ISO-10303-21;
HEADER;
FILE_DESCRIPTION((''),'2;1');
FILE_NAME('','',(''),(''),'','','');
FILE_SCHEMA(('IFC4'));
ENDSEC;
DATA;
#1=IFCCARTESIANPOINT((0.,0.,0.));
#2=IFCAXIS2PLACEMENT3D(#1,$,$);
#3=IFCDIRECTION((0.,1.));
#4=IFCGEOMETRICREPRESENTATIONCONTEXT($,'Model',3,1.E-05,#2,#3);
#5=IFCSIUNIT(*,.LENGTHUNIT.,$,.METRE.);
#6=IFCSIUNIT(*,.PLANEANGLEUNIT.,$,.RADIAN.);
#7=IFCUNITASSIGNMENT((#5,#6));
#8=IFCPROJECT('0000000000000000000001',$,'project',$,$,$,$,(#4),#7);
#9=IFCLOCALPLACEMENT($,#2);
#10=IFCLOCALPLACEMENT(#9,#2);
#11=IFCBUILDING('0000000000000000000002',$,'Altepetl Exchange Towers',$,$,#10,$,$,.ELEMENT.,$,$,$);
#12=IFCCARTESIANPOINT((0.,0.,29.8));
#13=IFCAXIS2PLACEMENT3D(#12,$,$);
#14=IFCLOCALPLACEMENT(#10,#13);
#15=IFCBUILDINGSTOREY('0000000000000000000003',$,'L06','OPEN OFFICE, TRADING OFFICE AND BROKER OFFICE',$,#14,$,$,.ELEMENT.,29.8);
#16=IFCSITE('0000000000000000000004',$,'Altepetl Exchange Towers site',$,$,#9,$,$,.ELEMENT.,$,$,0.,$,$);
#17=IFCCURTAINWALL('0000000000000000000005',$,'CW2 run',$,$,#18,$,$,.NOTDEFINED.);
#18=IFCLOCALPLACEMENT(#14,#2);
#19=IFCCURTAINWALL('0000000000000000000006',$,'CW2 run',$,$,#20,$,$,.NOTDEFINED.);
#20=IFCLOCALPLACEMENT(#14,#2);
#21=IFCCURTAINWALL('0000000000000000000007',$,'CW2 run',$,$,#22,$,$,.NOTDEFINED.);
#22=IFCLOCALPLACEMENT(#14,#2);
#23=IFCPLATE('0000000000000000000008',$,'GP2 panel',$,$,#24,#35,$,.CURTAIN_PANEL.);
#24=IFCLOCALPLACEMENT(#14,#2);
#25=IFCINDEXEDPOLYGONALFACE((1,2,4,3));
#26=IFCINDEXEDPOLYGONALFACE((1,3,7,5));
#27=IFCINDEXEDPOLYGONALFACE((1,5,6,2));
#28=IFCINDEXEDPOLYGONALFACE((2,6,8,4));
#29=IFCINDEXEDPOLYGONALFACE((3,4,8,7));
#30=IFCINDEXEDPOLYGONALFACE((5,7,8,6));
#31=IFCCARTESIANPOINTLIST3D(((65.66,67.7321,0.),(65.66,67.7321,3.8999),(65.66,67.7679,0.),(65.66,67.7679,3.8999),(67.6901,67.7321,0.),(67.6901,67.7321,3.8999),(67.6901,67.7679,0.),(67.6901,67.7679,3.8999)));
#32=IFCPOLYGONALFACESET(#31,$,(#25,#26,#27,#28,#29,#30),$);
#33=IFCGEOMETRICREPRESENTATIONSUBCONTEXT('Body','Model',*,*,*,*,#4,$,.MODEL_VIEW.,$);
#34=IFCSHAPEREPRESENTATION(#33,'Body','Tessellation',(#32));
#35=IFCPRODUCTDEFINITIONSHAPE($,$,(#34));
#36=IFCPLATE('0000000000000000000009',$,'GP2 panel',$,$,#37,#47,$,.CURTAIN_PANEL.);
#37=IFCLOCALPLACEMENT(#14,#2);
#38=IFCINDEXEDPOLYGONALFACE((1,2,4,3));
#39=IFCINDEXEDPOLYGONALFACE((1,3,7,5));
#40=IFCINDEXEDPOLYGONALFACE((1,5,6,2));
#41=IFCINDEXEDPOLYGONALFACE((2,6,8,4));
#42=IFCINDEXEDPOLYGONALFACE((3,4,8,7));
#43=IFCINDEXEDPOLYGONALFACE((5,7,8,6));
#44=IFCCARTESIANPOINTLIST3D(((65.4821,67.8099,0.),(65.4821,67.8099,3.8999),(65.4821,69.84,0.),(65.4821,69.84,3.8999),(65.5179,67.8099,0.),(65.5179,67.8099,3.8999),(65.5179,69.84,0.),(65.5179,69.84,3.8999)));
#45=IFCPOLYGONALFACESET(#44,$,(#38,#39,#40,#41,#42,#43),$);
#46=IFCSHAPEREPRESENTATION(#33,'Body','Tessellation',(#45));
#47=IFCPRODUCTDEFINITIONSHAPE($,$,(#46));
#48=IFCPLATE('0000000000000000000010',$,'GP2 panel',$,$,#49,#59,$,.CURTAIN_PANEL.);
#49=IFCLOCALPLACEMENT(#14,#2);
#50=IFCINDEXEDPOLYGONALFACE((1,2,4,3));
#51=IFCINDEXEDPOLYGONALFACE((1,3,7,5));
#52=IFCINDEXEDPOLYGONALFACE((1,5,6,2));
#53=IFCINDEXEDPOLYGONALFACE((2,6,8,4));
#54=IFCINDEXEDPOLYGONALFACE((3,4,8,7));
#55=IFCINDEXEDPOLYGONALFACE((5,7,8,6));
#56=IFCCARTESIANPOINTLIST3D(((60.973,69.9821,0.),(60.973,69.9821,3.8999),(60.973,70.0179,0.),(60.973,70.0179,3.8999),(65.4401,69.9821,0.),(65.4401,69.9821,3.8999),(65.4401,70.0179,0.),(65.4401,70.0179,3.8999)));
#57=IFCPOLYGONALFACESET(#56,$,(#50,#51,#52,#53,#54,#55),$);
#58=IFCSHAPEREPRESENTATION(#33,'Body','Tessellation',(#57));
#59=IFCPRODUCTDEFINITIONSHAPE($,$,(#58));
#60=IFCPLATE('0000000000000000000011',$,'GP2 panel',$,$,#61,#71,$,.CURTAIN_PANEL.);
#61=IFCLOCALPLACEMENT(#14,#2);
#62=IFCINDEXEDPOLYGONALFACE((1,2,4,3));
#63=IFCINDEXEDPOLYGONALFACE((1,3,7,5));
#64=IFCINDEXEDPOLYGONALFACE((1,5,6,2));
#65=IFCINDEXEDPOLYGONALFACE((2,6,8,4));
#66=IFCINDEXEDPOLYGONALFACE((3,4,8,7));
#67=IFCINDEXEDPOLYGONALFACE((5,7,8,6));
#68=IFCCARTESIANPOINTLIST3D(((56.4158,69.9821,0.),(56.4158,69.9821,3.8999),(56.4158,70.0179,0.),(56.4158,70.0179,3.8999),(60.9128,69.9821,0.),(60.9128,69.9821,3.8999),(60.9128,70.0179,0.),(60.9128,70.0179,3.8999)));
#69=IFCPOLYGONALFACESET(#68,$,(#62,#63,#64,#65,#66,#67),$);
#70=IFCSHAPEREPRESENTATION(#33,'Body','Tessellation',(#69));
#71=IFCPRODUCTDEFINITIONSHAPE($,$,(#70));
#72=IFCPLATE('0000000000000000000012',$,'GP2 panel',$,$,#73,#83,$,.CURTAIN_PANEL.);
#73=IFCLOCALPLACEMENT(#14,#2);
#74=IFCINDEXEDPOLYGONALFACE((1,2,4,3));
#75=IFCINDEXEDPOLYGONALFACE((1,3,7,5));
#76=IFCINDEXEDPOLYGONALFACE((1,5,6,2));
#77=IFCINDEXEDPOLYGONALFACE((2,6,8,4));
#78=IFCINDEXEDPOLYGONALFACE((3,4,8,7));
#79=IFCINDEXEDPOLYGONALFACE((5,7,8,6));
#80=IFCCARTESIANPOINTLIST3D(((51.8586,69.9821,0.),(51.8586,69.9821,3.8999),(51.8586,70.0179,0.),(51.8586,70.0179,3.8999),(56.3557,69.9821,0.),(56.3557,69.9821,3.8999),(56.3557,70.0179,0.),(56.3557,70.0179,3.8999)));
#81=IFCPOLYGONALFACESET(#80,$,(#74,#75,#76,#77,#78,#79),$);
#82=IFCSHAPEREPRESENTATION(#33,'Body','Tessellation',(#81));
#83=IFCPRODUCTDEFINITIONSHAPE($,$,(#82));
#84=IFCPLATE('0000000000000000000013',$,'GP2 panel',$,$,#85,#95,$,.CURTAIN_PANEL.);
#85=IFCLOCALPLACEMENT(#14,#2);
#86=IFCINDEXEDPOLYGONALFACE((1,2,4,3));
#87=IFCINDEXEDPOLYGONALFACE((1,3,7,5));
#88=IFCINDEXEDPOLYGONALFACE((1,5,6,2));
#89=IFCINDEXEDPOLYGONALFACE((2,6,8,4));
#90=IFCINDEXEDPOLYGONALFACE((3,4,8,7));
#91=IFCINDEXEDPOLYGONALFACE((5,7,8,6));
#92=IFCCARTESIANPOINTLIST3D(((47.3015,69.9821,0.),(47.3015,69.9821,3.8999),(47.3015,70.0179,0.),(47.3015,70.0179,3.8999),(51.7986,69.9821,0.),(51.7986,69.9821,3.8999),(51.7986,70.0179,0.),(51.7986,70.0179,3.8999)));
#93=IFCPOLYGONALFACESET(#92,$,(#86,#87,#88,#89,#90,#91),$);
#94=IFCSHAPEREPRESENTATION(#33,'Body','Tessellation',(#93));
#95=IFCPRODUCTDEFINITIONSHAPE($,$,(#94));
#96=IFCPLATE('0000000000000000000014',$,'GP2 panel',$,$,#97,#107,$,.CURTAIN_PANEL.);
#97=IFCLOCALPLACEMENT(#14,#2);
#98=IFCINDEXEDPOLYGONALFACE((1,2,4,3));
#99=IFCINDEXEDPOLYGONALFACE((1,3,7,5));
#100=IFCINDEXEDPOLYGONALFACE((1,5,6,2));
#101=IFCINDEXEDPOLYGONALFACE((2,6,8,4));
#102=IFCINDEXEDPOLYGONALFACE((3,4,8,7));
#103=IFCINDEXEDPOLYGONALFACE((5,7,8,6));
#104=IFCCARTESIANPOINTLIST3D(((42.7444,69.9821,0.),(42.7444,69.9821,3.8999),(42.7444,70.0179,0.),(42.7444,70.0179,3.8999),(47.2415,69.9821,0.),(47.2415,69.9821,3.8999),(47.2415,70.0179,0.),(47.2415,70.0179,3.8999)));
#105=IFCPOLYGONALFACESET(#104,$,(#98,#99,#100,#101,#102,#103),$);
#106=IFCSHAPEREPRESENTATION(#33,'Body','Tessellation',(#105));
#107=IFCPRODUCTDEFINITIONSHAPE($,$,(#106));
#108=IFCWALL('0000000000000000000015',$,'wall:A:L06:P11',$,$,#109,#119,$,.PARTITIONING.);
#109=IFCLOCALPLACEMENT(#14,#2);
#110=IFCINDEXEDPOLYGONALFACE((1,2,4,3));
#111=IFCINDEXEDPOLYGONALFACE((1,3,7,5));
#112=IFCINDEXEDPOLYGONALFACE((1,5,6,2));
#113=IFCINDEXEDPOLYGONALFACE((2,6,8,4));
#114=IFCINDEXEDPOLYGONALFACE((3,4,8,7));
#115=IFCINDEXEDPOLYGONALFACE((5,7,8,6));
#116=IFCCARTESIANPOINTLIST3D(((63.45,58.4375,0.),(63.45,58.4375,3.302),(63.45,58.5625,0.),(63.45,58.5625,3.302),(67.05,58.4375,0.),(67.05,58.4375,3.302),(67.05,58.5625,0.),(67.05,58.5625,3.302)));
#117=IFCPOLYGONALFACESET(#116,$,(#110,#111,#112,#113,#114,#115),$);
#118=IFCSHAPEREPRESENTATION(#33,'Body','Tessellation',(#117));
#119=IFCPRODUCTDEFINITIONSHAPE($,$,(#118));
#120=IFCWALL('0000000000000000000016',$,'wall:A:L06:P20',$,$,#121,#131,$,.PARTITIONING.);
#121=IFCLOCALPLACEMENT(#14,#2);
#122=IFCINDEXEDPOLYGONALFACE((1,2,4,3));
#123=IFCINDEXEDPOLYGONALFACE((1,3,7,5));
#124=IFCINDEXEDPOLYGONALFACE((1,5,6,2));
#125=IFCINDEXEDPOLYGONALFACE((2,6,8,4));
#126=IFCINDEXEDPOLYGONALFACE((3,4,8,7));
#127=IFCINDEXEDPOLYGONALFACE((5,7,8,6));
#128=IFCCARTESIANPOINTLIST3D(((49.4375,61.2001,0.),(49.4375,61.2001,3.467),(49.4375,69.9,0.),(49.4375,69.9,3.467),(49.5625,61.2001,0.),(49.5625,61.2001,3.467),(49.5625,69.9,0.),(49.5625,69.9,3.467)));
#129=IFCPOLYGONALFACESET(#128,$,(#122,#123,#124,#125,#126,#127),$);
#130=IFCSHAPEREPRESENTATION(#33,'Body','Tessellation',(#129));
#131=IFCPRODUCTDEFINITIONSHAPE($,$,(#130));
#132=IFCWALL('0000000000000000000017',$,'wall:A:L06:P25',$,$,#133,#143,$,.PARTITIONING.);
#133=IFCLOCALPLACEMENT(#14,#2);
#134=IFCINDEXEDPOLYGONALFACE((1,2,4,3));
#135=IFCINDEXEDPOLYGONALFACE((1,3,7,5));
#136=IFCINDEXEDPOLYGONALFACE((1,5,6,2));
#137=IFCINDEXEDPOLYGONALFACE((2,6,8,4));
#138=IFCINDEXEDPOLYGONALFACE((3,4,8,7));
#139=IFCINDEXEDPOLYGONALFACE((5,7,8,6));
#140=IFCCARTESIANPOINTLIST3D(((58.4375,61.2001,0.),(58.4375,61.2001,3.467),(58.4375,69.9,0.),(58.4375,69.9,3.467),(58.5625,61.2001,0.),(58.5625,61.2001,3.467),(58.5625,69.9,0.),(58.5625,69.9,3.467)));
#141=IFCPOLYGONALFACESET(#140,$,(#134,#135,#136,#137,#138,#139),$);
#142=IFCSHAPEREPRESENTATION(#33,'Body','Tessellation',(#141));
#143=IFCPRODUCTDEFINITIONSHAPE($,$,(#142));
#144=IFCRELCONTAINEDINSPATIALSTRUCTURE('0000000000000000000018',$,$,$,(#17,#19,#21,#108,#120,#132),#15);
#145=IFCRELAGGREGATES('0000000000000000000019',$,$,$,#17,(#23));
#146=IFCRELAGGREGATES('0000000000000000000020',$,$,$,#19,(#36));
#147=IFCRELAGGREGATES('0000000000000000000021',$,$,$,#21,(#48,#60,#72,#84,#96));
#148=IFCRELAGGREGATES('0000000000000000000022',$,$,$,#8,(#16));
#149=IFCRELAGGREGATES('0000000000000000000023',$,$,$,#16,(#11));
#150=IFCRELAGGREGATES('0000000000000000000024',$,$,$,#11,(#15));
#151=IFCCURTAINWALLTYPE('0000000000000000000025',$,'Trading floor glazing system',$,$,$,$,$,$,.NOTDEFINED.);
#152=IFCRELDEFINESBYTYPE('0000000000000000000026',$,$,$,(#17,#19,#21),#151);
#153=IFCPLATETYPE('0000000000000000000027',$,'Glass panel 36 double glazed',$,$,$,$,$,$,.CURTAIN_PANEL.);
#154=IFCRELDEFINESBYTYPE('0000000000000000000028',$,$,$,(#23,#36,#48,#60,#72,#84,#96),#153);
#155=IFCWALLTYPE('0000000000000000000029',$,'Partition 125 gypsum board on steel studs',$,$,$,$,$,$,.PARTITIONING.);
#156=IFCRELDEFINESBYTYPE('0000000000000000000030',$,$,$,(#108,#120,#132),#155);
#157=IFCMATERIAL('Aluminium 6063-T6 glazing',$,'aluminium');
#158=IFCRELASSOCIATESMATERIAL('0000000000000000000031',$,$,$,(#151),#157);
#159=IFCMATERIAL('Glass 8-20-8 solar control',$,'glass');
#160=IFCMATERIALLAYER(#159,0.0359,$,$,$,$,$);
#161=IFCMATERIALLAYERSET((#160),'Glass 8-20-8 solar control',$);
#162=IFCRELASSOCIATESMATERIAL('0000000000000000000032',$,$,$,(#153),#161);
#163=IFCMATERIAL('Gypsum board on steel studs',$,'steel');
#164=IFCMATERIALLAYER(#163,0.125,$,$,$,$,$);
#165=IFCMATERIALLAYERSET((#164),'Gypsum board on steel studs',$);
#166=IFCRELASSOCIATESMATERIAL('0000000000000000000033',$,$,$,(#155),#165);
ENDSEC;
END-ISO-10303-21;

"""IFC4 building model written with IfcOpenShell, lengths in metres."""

from ifc_helpers import new_model, si_unit, direction, frame, frame_2d, origin, origin_2d, place, context, subcontext, project, spatial, rectangle, extrude, material, layer, layer_set, type_object, element, aggregate, save


model = new_model("IFC4")

# Units and contexts
model_context = context("Model", 3, precision=1e-05, world=origin(), true_north=direction((0.0, 1.0)))
body_context = subcontext(model_context, "Body", "Model", "MODEL_VIEW")
ifc_project = project(units=[si_unit("LENGTHUNIT", "METRE"), si_unit("PLANEANGLEUNIT", "RADIAN")], contexts=[model_context])

# Site, building, storey
site_placement = place(None, origin())
site = spatial("IfcSite", under=ifc_project, at=site_placement, Name="Altepetl Exchange Towers site", CompositionType="ELEMENT", RefElevation=0.0)
building_placement = place(site_placement, origin())
building = spatial("IfcBuilding", under=site, at=building_placement, Name="Altepetl Exchange Towers", CompositionType="ELEMENT")
storey_placement = place(building_placement, frame((0.0, 0.0, 29.8)))
storey = spatial("IfcBuildingStorey", under=building, at=storey_placement, Name="L06", Description="OPEN OFFICE, TRADING OFFICE AND BROKER OFFICE", CompositionType="ELEMENT", Elevation=29.8)

# Curtain wall
ifc_material_1 = material(Name="Aluminium 6063-T6 glazing", Category="aluminium")
curtain_wall_type = type_object("IfcCurtainWallType", Name="Trading floor glazing system", PredefinedType="NOTDEFINED", material=ifc_material_1)
curtain_wall_1_placement = place(storey_placement, origin())
curtain_wall_1 = element("IfcCurtainWall", 1, at=curtain_wall_1_placement, inside=storey, type_object=curtain_wall_type, Name="CW2 run", PredefinedType="NOTDEFINED")

# Curtain walls
curtain_wall_2_placement = place(storey_placement, origin())
curtain_wall_2 = element("IfcCurtainWall", 2, at=curtain_wall_2_placement, inside=storey, type_object=curtain_wall_type, Name="CW2 run", PredefinedType="NOTDEFINED")
curtain_wall_3_placement = place(storey_placement, origin())
curtain_wall_3 = element("IfcCurtainWall", 3, at=curtain_wall_3_placement, inside=storey, type_object=curtain_wall_type, Name="CW2 run", PredefinedType="NOTDEFINED")

# Plates
ifc_material_2 = material(Name="Glass 8-20-8 solar control", Category="glass")
ifc_layer_1 = layer(ifc_material_2, 0.0359)
ifc_layer_set_1 = layer_set([ifc_layer_1], Name="Glass 8-20-8 solar control")
plate_type = type_object("IfcPlateType", Name="Glass panel 36 double glazed", PredefinedType="CURTAIN_PANEL", material=ifc_layer_set_1)
plate_1_placement = place(storey_placement, frame((66.675, 67.75, 0.0), z_axis=(0.0, 0.0, 1.0), x_axis=(-1.0, 0.0, 0.0)))
plate_1 = element("IfcPlate", 4, at=plate_1_placement, type_object=plate_type, Name="GP2 panel", PredefinedType="CURTAIN_PANEL", context=body_context, shape_type="SweptSolid", body=[
    extrude(rectangle(XDim=2.03, YDim=0.0359, at=origin_2d()), origin(), (0.0, 0.0, 1.0), 3.8999),
])
aggregate(curtain_wall_1, [plate_1])
plate_2_placement = place(storey_placement, frame((65.5, 68.825, 0.0), z_axis=(0.0, 0.0, 1.0), x_axis=(0.0, 1.0, 0.0)))
plate_2 = element("IfcPlate", 5, at=plate_2_placement, type_object=plate_type, Name="GP2 panel", PredefinedType="CURTAIN_PANEL", context=body_context, shape_type="SweptSolid", body=[
    extrude(rectangle(XDim=2.03, YDim=0.0359, at=origin_2d()), origin(), (0.0, 0.0, 1.0), 3.8999),
])
aggregate(curtain_wall_2, [plate_2])
plate_3_placement = place(storey_placement, frame((63.2065, 70.0, 0.0), z_axis=(0.0, 0.0, 1.0), x_axis=(-1.0, 0.0, 0.0)))
plate_3 = element("IfcPlate", 6, at=plate_3_placement, type_object=plate_type, Name="GP2 panel", PredefinedType="CURTAIN_PANEL", context=body_context, shape_type="SweptSolid", body=[
    extrude(rectangle(XDim=4.467, YDim=0.0359, at=origin_2d()), origin(), (0.0, 0.0, 1.0), 3.8999),
])
plate_4_placement = place(storey_placement, frame((58.6643, 70.0, 0.0), z_axis=(0.0, 0.0, 1.0), x_axis=(-1.0, 0.0, 0.0)))
plate_4 = element("IfcPlate", 7, at=plate_4_placement, type_object=plate_type, Name="GP2 panel", PredefinedType="CURTAIN_PANEL", context=body_context, shape_type="SweptSolid", body=[
    extrude(rectangle(XDim=4.4971, YDim=0.0359, at=origin_2d()), origin(), (0.0, 0.0, 1.0), 3.8999),
])
plate_5_placement = place(storey_placement, frame((54.1072, 70.0, 0.0), z_axis=(0.0, 0.0, 1.0), x_axis=(-1.0, 0.0, 0.0)))
plate_5 = element("IfcPlate", 8, at=plate_5_placement, type_object=plate_type, Name="GP2 panel", PredefinedType="CURTAIN_PANEL", context=body_context, shape_type="SweptSolid", body=[
    extrude(rectangle(XDim=4.4971, YDim=0.0359, at=origin_2d()), origin(), (0.0, 0.0, 1.0), 3.8999),
])
plate_6_placement = place(storey_placement, frame((49.55, 70.0, 0.0), z_axis=(0.0, 0.0, 1.0), x_axis=(-1.0, 0.0, 0.0)))
plate_6 = element("IfcPlate", 9, at=plate_6_placement, type_object=plate_type, Name="GP2 panel", PredefinedType="CURTAIN_PANEL", context=body_context, shape_type="SweptSolid", body=[
    extrude(rectangle(XDim=4.4971, YDim=0.0359, at=origin_2d()), origin(), (0.0, 0.0, 1.0), 3.8999),
])
plate_7_placement = place(storey_placement, frame((44.9929, 70.0, 0.0), z_axis=(0.0, 0.0, 1.0), x_axis=(-1.0, 0.0, 0.0)))
plate_7 = element("IfcPlate", 10, at=plate_7_placement, type_object=plate_type, Name="GP2 panel", PredefinedType="CURTAIN_PANEL", context=body_context, shape_type="SweptSolid", body=[
    extrude(rectangle(XDim=4.4971, YDim=0.0359, at=origin_2d()), origin(), (0.0, 0.0, 1.0), 3.8999),
])
aggregate(curtain_wall_3, [plate_3, plate_4, plate_5, plate_6, plate_7])

# Walls
ifc_material_3 = material(Name="Gypsum board on steel studs", Category="steel")
ifc_layer_2 = layer(ifc_material_3, 0.125)
ifc_layer_set_2 = layer_set([ifc_layer_2], Name="Gypsum board on steel studs")
wall_type = type_object("IfcWallType", Name="Partition 125 gypsum board on steel studs", PredefinedType="PARTITIONING", material=ifc_layer_set_2)
wall_placement = place(storey_placement, frame((63.45, 58.5, 0.0)))
element("IfcWall", 11, at=wall_placement, inside=storey, type_object=wall_type, Name="wall:A:L06:P11", PredefinedType="PARTITIONING", context=body_context, shape_type="SweptSolid", body=[
    extrude(rectangle(XDim=3.6001, YDim=0.125, at=frame_2d((1.8, 0.0))), origin(), (0.0, 0.0, 1.0), 3.302),
])
for number, where, z_axis, x_axis, name in (
    (12, (49.5, 61.2, 0.0), (0.0, 0.0, 1.0), (0.0, 1.0, 0.0), "wall:A:L06:P20"),
    (13, (58.5, 61.2, 0.0), (0.0, 0.0, 1.0), (0.0, 1.0, 0.0), "wall:A:L06:P25"),
):
    element("IfcWall", number, at=place(storey_placement, frame(where, z_axis=z_axis, x_axis=x_axis)), inside=storey, type_object=wall_type, Name=name, PredefinedType="PARTITIONING", context=body_context, shape_type="SweptSolid", body=[
        extrude(rectangle(XDim=8.7, YDim=0.125, at=frame_2d((4.3501, 0.0))), origin(), (0.0, 0.0, 1.0), 3.467),
    ])

save(model, "model.ifc")
